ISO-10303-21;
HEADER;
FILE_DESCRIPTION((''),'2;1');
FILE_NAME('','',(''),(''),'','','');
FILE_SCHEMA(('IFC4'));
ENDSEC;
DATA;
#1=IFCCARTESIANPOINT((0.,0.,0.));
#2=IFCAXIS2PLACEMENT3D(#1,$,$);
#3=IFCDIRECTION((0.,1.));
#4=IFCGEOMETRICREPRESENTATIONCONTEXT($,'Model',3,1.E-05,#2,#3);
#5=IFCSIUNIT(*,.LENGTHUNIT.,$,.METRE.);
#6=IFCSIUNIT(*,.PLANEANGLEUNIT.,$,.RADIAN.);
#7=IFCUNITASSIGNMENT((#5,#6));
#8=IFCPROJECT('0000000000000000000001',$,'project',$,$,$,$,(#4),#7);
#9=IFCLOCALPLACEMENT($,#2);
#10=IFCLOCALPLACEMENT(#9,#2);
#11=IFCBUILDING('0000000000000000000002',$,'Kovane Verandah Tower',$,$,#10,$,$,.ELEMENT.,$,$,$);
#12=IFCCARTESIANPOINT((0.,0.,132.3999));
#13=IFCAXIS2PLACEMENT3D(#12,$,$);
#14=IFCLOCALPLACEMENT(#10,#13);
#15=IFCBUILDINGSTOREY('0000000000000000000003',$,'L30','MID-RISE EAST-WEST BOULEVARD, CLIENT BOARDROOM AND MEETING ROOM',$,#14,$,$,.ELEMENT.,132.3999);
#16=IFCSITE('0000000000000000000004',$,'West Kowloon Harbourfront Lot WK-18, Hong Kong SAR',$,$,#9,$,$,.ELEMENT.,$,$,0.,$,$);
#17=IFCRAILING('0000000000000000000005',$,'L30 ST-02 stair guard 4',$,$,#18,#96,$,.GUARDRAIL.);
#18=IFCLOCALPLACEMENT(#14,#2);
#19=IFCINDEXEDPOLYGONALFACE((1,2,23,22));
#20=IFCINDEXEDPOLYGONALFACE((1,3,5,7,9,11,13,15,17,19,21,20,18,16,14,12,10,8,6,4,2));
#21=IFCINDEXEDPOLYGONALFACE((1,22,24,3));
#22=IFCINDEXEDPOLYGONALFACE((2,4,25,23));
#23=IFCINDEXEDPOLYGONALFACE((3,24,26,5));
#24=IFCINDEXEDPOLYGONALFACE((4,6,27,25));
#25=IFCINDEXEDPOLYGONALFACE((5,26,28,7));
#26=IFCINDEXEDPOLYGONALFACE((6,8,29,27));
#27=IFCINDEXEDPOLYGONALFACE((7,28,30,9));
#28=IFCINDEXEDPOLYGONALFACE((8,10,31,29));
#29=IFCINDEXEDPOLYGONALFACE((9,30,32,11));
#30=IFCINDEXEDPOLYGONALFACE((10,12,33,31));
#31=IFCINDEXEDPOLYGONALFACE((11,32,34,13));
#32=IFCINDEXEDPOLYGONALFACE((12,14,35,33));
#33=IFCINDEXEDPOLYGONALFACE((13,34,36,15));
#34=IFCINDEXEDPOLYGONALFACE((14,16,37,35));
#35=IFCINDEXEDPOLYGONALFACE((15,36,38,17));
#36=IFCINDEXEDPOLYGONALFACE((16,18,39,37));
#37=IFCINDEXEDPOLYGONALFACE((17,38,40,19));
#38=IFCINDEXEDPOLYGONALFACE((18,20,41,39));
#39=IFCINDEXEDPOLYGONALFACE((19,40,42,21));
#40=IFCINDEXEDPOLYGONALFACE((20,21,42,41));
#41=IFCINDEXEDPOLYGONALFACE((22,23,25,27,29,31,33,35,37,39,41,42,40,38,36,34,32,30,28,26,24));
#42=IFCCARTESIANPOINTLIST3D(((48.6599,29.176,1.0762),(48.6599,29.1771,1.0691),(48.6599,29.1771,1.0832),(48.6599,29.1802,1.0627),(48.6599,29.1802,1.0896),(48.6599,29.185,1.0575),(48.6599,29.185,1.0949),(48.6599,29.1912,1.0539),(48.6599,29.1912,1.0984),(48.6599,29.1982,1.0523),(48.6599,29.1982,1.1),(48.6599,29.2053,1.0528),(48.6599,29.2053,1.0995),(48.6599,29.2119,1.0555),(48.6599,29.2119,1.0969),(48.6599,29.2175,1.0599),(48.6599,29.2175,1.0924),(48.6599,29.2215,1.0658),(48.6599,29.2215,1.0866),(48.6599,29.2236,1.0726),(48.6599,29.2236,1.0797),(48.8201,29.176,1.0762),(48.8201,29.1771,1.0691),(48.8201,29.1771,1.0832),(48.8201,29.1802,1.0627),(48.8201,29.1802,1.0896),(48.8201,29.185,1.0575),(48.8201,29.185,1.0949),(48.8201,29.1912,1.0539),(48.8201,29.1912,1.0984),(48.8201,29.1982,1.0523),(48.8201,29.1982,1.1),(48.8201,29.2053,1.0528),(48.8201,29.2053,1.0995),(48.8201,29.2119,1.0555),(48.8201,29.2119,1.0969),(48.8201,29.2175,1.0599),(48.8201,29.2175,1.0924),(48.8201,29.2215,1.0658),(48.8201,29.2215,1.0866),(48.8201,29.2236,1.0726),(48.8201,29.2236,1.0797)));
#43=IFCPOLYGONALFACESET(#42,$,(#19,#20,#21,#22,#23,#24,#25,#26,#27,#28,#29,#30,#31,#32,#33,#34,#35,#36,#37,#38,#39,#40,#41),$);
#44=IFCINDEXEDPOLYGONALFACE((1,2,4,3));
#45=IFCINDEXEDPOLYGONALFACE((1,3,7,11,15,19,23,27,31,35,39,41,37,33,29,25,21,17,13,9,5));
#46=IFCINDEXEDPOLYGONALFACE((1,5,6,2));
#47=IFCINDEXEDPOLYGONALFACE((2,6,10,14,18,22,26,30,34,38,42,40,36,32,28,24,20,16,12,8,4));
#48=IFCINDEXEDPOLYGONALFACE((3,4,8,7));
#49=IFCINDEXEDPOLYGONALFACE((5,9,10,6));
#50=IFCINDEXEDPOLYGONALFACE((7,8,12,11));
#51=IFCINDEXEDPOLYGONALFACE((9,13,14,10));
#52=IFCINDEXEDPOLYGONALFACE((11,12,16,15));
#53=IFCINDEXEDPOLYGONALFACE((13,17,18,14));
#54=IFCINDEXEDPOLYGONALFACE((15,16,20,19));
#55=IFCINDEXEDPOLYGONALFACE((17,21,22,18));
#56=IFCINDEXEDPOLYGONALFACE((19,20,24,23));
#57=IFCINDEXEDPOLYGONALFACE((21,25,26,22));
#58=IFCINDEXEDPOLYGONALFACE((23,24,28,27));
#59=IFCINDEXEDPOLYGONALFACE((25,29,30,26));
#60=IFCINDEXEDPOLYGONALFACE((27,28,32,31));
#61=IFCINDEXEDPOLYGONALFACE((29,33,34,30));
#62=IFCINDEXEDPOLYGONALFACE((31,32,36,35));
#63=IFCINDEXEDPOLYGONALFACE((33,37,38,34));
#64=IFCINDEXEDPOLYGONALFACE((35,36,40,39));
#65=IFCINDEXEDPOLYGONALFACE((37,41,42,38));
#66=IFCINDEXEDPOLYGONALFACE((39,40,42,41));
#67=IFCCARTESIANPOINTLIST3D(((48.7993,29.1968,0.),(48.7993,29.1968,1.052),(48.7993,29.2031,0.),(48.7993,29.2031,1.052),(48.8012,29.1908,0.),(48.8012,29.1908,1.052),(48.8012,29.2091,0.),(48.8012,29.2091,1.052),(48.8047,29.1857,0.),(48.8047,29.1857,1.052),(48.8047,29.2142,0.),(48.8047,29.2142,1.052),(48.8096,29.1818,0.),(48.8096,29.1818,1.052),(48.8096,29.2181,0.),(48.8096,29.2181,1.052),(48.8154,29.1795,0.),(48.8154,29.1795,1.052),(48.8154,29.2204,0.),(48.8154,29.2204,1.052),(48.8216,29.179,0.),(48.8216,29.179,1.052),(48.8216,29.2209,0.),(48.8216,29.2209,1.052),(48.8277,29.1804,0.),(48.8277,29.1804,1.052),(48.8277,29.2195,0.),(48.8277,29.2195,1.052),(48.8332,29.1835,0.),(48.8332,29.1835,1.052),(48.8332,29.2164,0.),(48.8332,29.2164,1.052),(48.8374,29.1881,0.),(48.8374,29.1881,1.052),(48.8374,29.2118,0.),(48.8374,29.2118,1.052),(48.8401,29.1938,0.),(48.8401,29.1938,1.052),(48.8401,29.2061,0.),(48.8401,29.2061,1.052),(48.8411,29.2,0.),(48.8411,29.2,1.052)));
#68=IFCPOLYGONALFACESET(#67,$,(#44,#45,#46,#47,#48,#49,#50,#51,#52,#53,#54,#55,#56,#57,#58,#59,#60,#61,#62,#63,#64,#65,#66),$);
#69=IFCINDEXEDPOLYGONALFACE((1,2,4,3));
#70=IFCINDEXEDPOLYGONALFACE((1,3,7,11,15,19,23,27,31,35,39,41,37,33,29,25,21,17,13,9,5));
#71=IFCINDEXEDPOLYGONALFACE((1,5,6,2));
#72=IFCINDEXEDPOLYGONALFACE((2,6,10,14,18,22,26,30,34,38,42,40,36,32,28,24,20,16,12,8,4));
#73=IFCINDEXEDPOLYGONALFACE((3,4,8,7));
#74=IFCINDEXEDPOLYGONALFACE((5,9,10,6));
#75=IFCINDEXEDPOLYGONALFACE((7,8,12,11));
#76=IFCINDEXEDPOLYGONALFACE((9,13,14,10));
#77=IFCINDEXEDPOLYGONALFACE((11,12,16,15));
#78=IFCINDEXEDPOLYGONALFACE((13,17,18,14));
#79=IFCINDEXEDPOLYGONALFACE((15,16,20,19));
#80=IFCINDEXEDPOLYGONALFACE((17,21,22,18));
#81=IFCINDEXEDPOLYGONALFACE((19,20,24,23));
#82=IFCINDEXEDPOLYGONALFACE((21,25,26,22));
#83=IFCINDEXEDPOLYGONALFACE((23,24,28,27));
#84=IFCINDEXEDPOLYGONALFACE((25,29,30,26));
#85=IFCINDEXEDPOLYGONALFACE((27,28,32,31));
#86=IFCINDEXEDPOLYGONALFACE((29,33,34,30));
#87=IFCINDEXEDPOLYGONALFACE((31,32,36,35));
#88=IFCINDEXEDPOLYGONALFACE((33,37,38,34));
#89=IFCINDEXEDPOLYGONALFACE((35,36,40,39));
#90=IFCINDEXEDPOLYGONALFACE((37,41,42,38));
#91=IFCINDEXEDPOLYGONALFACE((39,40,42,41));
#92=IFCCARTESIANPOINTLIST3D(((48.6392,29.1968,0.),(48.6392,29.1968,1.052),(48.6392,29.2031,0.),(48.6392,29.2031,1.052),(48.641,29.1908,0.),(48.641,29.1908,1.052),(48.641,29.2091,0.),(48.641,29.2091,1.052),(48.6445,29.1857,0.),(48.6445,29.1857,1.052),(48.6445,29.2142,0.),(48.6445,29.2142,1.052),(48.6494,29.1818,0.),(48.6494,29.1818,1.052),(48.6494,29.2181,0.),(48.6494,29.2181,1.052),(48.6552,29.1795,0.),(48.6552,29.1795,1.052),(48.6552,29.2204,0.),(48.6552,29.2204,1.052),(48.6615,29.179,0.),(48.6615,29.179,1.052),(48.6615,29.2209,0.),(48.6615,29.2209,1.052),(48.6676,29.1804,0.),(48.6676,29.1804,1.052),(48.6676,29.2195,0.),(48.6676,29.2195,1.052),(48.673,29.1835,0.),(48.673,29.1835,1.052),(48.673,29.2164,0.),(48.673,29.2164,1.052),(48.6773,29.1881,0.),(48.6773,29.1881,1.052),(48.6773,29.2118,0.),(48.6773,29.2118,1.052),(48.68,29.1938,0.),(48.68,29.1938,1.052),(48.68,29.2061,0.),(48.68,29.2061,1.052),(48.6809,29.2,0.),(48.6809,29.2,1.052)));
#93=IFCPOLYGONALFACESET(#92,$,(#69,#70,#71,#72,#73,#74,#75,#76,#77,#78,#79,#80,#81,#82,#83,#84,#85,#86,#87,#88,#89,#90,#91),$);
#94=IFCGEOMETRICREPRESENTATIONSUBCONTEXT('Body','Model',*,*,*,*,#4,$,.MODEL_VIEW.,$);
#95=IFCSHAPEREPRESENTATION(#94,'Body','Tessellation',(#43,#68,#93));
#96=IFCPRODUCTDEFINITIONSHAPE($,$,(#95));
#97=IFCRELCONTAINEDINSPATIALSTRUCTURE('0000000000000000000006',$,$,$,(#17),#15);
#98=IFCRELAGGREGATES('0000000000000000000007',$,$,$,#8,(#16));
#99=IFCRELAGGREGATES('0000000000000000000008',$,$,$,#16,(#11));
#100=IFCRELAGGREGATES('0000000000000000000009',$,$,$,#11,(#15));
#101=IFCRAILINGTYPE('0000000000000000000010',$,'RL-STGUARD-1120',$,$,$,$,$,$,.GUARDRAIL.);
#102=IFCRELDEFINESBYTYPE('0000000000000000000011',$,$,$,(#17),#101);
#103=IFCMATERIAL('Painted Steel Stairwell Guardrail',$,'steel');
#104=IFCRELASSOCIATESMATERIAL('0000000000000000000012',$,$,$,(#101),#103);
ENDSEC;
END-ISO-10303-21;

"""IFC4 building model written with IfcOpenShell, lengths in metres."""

from ifc_helpers import new_model, si_unit, direction, frame, origin, origin_2d, place, context, subcontext, project, spatial, circle, extrude, material, type_object, element, save


model = new_model("IFC4")

# Units and contexts
model_context = context("Model", 3, precision=1e-05, world=origin(), true_north=direction((0.0, 1.0)))
body_context = subcontext(model_context, "Body", "Model", "MODEL_VIEW")
ifc_project = project(units=[si_unit("LENGTHUNIT", "METRE"), si_unit("PLANEANGLEUNIT", "RADIAN")], contexts=[model_context])

# Site, building, storey
site_placement = place(None, origin())
site = spatial("IfcSite", under=ifc_project, at=site_placement, Name="West Kowloon Harbourfront Lot WK-18, Hong Kong SAR", CompositionType="ELEMENT", RefElevation=0.0)
building_placement = place(site_placement, origin())
building = spatial("IfcBuilding", under=site, at=building_placement, Name="Kovane Verandah Tower", CompositionType="ELEMENT")
storey_placement = place(building_placement, frame((0.0, 0.0, 132.3999)))
storey = spatial("IfcBuildingStorey", under=building, at=storey_placement, Name="L30", Description="MID-RISE EAST-WEST BOULEVARD, CLIENT BOARDROOM AND MEETING ROOM", CompositionType="ELEMENT", Elevation=132.3999)

# Railing
ifc_material_1 = material(Name="Painted Steel Stairwell Guardrail", Category="steel")
railing_type_1 = type_object("IfcRailingType", Name="RL-STGUARD-1120", PredefinedType="GUARDRAIL", material=ifc_material_1)
railing_1_placement = place(storey_placement, frame((48.8201, 29.2, 0.0)))
element("IfcRailing", 1, at=railing_1_placement, inside=storey, type_object=railing_type_1, Name="L30 ST-02 stair guard 4", PredefinedType="GUARDRAIL", context=body_context, shape_type="SweptSolid", body=[
    extrude(circle(Radius=0.0239, at=origin_2d()), frame((0.0, 0.0, 1.0762), z_axis=(-1.0, 0.0, 0.0), x_axis=(0.0, -1.0, 0.0)), (0.0, 0.0, 1.0), 0.1602),
    extrude(circle(Radius=0.021, at=origin_2d()), origin(), (0.0, 0.0, 1.0), 1.052),
    extrude(circle(Radius=0.021, at=origin_2d()), frame((-0.1602, 0.0, 0.0)), (0.0, 0.0, 1.0), 1.052),
])

save(model, "model.ifc")
